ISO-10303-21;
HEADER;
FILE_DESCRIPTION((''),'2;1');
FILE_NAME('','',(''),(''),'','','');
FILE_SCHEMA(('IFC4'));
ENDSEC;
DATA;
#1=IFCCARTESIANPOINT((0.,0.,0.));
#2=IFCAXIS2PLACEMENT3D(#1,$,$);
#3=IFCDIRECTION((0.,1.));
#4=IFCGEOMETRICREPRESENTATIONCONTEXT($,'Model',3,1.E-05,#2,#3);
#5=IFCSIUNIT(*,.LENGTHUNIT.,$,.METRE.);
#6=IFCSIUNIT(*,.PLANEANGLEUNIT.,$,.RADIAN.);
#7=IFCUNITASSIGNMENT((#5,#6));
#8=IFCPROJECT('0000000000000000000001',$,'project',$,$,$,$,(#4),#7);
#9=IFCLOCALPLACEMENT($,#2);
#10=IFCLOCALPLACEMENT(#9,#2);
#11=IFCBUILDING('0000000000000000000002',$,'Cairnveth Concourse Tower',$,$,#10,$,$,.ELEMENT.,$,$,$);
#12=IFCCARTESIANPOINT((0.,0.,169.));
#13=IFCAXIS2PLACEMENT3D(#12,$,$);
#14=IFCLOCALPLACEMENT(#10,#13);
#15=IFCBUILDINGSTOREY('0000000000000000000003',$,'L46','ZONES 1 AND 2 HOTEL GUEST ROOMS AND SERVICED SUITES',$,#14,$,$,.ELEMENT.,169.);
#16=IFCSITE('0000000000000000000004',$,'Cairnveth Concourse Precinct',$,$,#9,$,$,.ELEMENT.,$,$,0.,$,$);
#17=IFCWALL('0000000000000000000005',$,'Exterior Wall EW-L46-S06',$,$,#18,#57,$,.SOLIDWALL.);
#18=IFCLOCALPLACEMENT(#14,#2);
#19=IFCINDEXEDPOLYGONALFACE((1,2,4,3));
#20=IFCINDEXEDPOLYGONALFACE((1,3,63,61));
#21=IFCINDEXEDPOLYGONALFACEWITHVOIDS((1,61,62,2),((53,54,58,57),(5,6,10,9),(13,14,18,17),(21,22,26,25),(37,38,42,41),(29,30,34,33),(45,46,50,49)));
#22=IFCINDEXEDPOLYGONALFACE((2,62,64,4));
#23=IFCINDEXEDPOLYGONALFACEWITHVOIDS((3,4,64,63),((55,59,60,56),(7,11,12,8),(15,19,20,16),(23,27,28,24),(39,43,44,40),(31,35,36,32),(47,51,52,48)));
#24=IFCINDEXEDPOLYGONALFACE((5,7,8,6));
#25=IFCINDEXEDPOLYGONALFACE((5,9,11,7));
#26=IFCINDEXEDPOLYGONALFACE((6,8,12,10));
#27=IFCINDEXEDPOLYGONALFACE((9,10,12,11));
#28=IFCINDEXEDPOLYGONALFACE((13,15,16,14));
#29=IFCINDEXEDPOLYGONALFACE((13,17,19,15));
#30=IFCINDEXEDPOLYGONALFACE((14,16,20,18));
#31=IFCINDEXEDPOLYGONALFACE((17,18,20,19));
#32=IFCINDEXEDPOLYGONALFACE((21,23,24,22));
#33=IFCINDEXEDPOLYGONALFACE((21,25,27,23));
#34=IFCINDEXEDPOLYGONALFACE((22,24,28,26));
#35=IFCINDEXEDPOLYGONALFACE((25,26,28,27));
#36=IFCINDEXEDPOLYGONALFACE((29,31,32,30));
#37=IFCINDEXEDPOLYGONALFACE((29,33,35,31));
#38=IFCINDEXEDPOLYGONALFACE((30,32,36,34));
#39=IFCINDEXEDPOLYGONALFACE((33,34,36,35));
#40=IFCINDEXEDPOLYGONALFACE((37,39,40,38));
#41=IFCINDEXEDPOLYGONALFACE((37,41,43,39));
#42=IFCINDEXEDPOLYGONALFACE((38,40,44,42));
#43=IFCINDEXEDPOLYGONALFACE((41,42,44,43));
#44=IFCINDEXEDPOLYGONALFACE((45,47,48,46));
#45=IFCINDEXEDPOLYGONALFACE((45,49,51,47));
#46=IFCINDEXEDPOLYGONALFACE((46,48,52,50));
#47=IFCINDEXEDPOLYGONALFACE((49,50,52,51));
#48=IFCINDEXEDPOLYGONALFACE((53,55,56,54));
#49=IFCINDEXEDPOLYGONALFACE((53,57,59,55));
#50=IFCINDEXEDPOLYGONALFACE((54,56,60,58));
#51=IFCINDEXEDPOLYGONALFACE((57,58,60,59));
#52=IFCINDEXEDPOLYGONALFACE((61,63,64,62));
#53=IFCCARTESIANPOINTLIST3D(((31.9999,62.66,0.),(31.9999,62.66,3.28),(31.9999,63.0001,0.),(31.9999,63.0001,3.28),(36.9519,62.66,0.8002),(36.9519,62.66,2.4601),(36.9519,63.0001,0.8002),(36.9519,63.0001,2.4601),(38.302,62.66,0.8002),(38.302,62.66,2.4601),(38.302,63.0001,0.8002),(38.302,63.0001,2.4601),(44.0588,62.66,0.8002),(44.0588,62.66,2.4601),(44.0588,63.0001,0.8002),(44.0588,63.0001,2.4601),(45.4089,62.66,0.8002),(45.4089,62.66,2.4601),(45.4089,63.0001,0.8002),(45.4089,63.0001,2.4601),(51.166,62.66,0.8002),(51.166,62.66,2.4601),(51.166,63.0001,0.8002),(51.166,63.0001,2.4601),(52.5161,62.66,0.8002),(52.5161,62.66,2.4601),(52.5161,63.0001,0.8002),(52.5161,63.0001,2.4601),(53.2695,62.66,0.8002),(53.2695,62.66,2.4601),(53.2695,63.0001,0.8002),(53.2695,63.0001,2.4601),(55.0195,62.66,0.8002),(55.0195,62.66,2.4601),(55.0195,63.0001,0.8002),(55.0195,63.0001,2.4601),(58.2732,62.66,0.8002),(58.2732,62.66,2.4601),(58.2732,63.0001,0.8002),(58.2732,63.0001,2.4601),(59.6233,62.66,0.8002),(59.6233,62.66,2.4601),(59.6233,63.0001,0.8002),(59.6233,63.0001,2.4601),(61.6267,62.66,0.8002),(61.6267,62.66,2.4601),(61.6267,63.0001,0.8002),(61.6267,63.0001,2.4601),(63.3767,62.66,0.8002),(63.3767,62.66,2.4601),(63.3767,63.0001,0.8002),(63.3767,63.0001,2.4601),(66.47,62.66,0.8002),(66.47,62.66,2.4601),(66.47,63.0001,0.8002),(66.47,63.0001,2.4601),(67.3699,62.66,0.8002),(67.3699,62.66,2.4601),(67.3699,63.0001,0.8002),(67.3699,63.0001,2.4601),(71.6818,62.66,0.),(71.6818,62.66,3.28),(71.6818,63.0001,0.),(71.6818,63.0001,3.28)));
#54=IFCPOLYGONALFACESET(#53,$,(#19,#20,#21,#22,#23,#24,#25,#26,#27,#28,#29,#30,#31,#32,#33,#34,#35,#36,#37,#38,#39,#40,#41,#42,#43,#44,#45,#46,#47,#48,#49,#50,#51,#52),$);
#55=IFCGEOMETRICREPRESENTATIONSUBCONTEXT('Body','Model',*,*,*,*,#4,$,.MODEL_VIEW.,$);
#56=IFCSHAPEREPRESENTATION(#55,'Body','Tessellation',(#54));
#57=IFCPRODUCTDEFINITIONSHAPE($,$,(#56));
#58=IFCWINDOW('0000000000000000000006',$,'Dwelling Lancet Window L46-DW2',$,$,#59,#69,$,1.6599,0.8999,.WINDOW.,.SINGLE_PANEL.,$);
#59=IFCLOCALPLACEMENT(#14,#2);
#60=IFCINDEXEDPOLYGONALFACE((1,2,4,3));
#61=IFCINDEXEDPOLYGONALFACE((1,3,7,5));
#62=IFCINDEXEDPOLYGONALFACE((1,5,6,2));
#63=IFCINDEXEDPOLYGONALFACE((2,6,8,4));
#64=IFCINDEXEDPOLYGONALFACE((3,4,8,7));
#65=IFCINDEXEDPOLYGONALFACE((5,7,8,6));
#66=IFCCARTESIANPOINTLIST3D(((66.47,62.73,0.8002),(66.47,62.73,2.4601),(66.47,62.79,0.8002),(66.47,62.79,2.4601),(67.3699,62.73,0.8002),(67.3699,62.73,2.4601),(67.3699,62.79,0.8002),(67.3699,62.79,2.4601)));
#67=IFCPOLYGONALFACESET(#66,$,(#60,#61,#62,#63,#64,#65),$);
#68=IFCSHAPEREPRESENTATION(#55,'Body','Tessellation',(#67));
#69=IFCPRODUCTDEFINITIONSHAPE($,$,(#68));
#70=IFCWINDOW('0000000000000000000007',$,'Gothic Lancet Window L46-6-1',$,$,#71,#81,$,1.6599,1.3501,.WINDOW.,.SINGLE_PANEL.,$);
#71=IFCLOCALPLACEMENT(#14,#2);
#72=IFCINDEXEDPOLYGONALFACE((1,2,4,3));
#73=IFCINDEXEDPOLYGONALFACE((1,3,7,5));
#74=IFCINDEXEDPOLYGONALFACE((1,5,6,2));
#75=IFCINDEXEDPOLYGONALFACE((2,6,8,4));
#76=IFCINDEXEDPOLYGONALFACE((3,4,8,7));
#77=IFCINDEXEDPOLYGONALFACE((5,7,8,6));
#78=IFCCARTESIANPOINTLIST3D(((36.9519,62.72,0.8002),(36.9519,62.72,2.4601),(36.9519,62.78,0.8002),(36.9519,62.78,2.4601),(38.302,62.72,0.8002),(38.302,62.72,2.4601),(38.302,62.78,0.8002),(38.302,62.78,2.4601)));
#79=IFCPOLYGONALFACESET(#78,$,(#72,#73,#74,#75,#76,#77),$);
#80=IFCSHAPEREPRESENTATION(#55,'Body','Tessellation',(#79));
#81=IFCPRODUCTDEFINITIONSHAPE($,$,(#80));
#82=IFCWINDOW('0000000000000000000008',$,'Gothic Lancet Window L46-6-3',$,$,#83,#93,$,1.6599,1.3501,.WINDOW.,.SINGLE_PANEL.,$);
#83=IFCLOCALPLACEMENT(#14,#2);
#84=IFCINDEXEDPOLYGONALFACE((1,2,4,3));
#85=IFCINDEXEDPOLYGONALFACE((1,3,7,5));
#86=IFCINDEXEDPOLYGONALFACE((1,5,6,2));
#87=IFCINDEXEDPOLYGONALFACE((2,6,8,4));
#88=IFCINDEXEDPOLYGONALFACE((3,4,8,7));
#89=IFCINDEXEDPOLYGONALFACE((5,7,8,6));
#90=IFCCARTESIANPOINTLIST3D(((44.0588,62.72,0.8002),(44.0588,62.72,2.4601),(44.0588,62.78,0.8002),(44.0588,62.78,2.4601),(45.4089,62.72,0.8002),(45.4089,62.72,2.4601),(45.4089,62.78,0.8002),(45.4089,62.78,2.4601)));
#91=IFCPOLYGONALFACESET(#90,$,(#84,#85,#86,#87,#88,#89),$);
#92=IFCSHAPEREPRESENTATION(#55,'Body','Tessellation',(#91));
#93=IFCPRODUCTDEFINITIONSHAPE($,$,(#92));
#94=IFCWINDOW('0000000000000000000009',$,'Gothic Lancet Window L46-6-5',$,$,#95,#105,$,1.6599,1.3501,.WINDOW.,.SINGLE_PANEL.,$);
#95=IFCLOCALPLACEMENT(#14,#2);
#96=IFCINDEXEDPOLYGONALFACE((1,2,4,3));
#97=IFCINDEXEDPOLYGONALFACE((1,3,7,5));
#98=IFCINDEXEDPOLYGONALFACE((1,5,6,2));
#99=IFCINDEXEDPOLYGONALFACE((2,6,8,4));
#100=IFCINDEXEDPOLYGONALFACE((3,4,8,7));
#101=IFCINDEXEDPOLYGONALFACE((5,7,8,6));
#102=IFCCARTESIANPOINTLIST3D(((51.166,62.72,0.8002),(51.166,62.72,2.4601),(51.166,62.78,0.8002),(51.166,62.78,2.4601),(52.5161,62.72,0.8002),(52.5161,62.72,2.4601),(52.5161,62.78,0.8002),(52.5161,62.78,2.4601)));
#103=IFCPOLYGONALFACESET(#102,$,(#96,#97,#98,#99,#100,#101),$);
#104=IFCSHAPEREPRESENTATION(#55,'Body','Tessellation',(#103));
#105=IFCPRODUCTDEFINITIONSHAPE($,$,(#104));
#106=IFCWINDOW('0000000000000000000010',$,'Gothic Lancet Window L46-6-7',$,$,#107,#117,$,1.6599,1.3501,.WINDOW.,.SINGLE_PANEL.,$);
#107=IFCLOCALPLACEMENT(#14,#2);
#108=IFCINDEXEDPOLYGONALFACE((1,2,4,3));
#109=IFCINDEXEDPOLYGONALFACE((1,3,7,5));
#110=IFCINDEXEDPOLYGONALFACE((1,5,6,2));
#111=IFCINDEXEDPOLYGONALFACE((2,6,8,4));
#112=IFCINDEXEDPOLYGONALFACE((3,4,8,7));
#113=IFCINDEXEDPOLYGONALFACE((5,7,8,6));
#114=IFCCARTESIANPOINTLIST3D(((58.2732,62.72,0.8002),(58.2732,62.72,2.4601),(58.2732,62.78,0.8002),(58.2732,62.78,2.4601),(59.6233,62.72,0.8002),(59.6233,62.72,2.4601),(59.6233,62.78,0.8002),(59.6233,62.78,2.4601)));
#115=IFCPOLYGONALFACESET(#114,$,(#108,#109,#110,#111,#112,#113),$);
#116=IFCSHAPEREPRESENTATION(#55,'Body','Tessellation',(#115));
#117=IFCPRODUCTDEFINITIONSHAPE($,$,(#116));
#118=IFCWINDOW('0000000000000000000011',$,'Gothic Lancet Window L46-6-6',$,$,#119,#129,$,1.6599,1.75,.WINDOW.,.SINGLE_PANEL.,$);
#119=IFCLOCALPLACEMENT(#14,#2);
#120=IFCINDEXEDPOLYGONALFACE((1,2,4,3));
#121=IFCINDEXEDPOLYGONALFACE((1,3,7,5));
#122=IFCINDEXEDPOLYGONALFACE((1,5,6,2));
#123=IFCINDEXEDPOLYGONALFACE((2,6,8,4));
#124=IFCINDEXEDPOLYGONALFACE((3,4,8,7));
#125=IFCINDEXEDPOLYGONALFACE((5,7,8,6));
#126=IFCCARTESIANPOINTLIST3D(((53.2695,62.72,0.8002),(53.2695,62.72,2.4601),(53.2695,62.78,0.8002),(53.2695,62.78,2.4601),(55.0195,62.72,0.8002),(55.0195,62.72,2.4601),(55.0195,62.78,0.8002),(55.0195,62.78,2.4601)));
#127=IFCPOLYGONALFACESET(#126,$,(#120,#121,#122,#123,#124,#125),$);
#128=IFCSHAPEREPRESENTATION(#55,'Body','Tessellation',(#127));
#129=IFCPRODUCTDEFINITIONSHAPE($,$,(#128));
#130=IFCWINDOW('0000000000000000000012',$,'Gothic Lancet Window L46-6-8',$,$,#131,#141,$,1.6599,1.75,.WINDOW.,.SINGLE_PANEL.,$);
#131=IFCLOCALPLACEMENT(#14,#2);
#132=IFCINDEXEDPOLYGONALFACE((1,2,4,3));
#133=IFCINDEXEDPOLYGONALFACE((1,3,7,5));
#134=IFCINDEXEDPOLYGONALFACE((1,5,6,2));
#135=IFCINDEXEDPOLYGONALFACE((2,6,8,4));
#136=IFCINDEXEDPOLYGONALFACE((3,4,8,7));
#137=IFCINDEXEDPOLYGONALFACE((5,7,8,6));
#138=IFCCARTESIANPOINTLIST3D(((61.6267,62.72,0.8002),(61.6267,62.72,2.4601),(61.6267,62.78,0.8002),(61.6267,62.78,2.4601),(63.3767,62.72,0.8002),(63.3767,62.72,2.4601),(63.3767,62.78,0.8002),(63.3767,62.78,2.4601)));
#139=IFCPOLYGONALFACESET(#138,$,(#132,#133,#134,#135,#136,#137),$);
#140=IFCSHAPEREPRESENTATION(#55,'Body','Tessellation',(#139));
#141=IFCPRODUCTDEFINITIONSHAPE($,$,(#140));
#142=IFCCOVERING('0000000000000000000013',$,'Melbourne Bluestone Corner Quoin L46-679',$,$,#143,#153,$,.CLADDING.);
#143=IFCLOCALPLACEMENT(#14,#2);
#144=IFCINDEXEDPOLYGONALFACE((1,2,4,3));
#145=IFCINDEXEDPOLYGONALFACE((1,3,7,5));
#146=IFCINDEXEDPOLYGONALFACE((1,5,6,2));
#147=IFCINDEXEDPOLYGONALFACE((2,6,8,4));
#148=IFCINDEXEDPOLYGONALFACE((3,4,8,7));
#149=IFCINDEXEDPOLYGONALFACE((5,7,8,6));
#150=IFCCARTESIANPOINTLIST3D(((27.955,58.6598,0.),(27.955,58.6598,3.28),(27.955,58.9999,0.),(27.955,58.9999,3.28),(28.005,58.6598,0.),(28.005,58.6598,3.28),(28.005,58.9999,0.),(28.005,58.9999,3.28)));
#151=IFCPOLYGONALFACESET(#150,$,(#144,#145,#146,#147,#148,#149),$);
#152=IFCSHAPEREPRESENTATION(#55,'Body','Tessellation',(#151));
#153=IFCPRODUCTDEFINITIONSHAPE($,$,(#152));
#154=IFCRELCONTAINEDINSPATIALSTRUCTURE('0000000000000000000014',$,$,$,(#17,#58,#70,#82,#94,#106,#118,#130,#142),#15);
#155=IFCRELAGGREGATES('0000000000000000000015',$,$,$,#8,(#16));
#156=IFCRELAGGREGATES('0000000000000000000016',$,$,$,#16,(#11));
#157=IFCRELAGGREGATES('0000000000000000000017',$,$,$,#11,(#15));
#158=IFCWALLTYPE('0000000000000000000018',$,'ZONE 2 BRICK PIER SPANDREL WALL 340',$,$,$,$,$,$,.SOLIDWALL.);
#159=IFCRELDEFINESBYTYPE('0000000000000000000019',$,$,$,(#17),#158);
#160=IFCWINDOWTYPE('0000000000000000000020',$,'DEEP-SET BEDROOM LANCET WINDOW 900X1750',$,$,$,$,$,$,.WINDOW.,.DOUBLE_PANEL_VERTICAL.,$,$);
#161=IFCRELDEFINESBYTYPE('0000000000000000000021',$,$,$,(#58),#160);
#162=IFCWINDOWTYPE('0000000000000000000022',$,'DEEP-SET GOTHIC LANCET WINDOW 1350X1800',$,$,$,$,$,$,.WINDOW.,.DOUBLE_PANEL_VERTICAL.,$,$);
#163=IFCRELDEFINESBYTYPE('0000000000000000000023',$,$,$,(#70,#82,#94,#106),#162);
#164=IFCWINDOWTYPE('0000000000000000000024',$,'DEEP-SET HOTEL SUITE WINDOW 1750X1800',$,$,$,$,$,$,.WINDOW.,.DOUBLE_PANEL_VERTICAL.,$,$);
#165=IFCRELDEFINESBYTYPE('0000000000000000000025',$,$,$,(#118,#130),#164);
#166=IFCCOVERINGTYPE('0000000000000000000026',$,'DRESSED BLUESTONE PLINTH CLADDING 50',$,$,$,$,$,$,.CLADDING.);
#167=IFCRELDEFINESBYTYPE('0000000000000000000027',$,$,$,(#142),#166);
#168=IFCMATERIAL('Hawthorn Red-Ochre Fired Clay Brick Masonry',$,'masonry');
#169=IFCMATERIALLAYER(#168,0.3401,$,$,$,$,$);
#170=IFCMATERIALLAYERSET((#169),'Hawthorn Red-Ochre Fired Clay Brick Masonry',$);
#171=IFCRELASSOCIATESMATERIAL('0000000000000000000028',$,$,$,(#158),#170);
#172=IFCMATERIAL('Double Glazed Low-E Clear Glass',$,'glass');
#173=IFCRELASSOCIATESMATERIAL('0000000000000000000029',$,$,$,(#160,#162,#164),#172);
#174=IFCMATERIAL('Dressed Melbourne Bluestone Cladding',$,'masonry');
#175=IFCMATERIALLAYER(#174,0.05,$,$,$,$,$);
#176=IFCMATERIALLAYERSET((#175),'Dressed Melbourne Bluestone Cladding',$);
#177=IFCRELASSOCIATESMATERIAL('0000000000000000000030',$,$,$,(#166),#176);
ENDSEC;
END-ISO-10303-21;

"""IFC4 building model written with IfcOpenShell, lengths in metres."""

from ifc_helpers import new_model, si_unit, direction, frame, frame_2d, origin, place, context, subcontext, project, spatial, rectangle, extrude, material, layer, layer_set, type_object, element, fill, save


model = new_model("IFC4")

# Units and contexts
model_context = context("Model", 3, precision=1e-05, world=origin(), true_north=direction((0.0, 1.0)))
body_context = subcontext(model_context, "Body", "Model", "MODEL_VIEW")
ifc_project = project(units=[si_unit("LENGTHUNIT", "METRE"), si_unit("PLANEANGLEUNIT", "RADIAN")], contexts=[model_context])

# Site, building, storey
site_placement = place(None, origin())
site = spatial("IfcSite", under=ifc_project, at=site_placement, Name="Cairnveth Concourse Precinct", CompositionType="ELEMENT", RefElevation=0.0)
building_placement = place(site_placement, origin())
building = spatial("IfcBuilding", under=site, at=building_placement, Name="Cairnveth Concourse Tower", CompositionType="ELEMENT")
storey_placement = place(building_placement, frame((0.0, 0.0, 169.0)))
storey = spatial("IfcBuildingStorey", under=building, at=storey_placement, Name="L46", Description="ZONES 1 AND 2 HOTEL GUEST ROOMS AND SERVICED SUITES", CompositionType="ELEMENT", Elevation=169.0)

# Shared definitions
ifc_material_1 = material(Name="Hawthorn Red-Ochre Fired Clay Brick Masonry", Category="masonry")
ifc_layer_1 = layer(ifc_material_1, 0.3401)
ifc_layer_set_1 = layer_set([ifc_layer_1], Name="Hawthorn Red-Ochre Fired Clay Brick Masonry")
wall_type_1 = type_object("IfcWallType", Name="ZONE 2 BRICK PIER SPANDREL WALL 340", PredefinedType="SOLIDWALL", material=ifc_layer_set_1)

# Wall, openings, windows
wall_1_placement = place(storey_placement, frame((32.0, 62.8301, 0.0), z_axis=(0.0, 0.0, 1.0), x_axis=(1.0, 0.0, 0.0)))
wall_1 = element("IfcWall", 1, at=wall_1_placement, inside=storey, type_object=wall_type_1, Name="Exterior Wall EW-L46-S06", PredefinedType="SOLIDWALL", context=body_context, shape_type="SweptSolid", body=[
    extrude(rectangle(XDim=39.6819, YDim=0.3401, at=frame_2d((19.8408, 0.0))), origin(), (0.0, 0.0, 1.0), 3.28),
])
opening_1_placement = place(wall_1_placement, frame((4.9519, 0.0, 0.8)))
opening_1 = element("IfcOpeningElement", 2, at=opening_1_placement, cuts=wall_1, PredefinedType="OPENING", context=body_context, shape_type="SweptSolid", body=[
    extrude(rectangle(XDim=1.3501, YDim=1.6599, at=frame_2d((0.675, 0.8301))), frame((0.0, 0.1799, 0.0), z_axis=(0.0, -1.0, 0.0), x_axis=(1.0, 0.0, 0.0)), (0.0, 0.0, 1.0), 0.3601),
])
opening_2_placement = place(wall_1_placement, frame((12.0588, 0.0, 0.8)))
opening_2 = element("IfcOpeningElement", 3, at=opening_2_placement, cuts=wall_1, PredefinedType="OPENING", context=body_context, shape_type="SweptSolid", body=[
    extrude(rectangle(XDim=1.3501, YDim=1.6599, at=frame_2d((0.675, 0.8301))), frame((0.0, 0.1799, 0.0), z_axis=(0.0, -1.0, 0.0), x_axis=(1.0, 0.0, 0.0)), (0.0, 0.0, 1.0), 0.3601),
])
opening_3_placement = place(wall_1_placement, frame((19.166, 0.0, 0.8)))
opening_3 = element("IfcOpeningElement", 4, at=opening_3_placement, cuts=wall_1, PredefinedType="OPENING", context=body_context, shape_type="SweptSolid", body=[
    extrude(rectangle(XDim=1.3501, YDim=1.6599, at=frame_2d((0.675, 0.8301))), frame((0.0, 0.1799, 0.0), z_axis=(0.0, -1.0, 0.0), x_axis=(1.0, 0.0, 0.0)), (0.0, 0.0, 1.0), 0.3601),
])
opening_4_placement = place(wall_1_placement, frame((21.2695, 0.0, 0.8)))
opening_4 = element("IfcOpeningElement", 5, at=opening_4_placement, cuts=wall_1, PredefinedType="OPENING", context=body_context, shape_type="SweptSolid", body=[
    extrude(rectangle(XDim=1.75, YDim=1.6599, at=frame_2d((0.875, 0.8301))), frame((0.0, 0.1799, 0.0), z_axis=(0.0, -1.0, 0.0), x_axis=(1.0, 0.0, 0.0)), (0.0, 0.0, 1.0), 0.3601),
])
opening_5_placement = place(wall_1_placement, frame((26.2732, 0.0, 0.8)))
opening_5 = element("IfcOpeningElement", 6, at=opening_5_placement, cuts=wall_1, PredefinedType="OPENING", context=body_context, shape_type="SweptSolid", body=[
    extrude(rectangle(XDim=1.3501, YDim=1.6599, at=frame_2d((0.675, 0.8301))), frame((0.0, 0.1799, 0.0), z_axis=(0.0, -1.0, 0.0), x_axis=(1.0, 0.0, 0.0)), (0.0, 0.0, 1.0), 0.3601),
])
opening_6_placement = place(wall_1_placement, frame((29.6267, 0.0, 0.8)))
opening_6 = element("IfcOpeningElement", 7, at=opening_6_placement, cuts=wall_1, PredefinedType="OPENING", context=body_context, shape_type="SweptSolid", body=[
    extrude(rectangle(XDim=1.75, YDim=1.6599, at=frame_2d((0.875, 0.8301))), frame((0.0, 0.1799, 0.0), z_axis=(0.0, -1.0, 0.0), x_axis=(1.0, 0.0, 0.0)), (0.0, 0.0, 1.0), 0.3601),
])
opening_7_placement = place(wall_1_placement, frame((34.47, 0.0, 0.8)))
opening_7 = element("IfcOpeningElement", 8, at=opening_7_placement, cuts=wall_1, PredefinedType="OPENING", context=body_context, shape_type="SweptSolid", body=[
    extrude(rectangle(XDim=0.8999, YDim=1.6599, at=frame_2d((0.45, 0.8301))), frame((0.0, 0.1799, 0.0), z_axis=(0.0, -1.0, 0.0), x_axis=(1.0, 0.0, 0.0)), (0.0, 0.0, 1.0), 0.3601),
])
ifc_material_2 = material(Name="Double Glazed Low-E Clear Glass", Category="glass")
window_type_1 = type_object("IfcWindowType", Name="DEEP-SET BEDROOM LANCET WINDOW 900X1750", PartitioningType="DOUBLE_PANEL_VERTICAL", PredefinedType="WINDOW", material=ifc_material_2)
window_1_placement = place(opening_7_placement, origin())
window_1 = element("IfcWindow", 9, at=window_1_placement, inside=storey, type_object=window_type_1, Name="Dwelling Lancet Window L46-DW2", OverallHeight=1.6599, OverallWidth=0.8999, PartitioningType="SINGLE_PANEL", PredefinedType="WINDOW", context=body_context, shape_type="SweptSolid", body=[
    extrude(rectangle(XDim=0.8999, YDim=1.6599, at=frame_2d((0.45, 0.8301))), frame((0.0, -0.04, 0.0), z_axis=(0.0, -1.0, 0.0), x_axis=(1.0, 0.0, 0.0)), (0.0, 0.0, 1.0), 0.0601),
])
fill(opening_7, window_1)
window_type_2 = type_object("IfcWindowType", Name="DEEP-SET GOTHIC LANCET WINDOW 1350X1800", PartitioningType="DOUBLE_PANEL_VERTICAL", PredefinedType="WINDOW", material=ifc_material_2)
window_2_placement = place(opening_1_placement, origin())
window_2 = element("IfcWindow", 10, at=window_2_placement, inside=storey, type_object=window_type_2, Name="Gothic Lancet Window L46-6-1", OverallHeight=1.6599, OverallWidth=1.3501, PartitioningType="SINGLE_PANEL", PredefinedType="WINDOW", context=body_context, shape_type="SweptSolid", body=[
    extrude(rectangle(XDim=1.3501, YDim=1.6599, at=frame_2d((0.675, 0.8301))), frame((0.0, -0.05, 0.0), z_axis=(0.0, -1.0, 0.0), x_axis=(1.0, 0.0, 0.0)), (0.0, 0.0, 1.0), 0.0601),
])
fill(opening_1, window_2)
window_3_placement = place(opening_2_placement, origin())
window_3 = element("IfcWindow", 11, at=window_3_placement, inside=storey, type_object=window_type_2, Name="Gothic Lancet Window L46-6-3", OverallHeight=1.6599, OverallWidth=1.3501, PartitioningType="SINGLE_PANEL", PredefinedType="WINDOW", context=body_context, shape_type="SweptSolid", body=[
    extrude(rectangle(XDim=1.3501, YDim=1.6599, at=frame_2d((0.675, 0.8301))), frame((0.0, -0.05, 0.0), z_axis=(0.0, -1.0, 0.0), x_axis=(1.0, 0.0, 0.0)), (0.0, 0.0, 1.0), 0.0601),
])
fill(opening_2, window_3)
window_4_placement = place(opening_3_placement, origin())
window_4 = element("IfcWindow", 12, at=window_4_placement, inside=storey, type_object=window_type_2, Name="Gothic Lancet Window L46-6-5", OverallHeight=1.6599, OverallWidth=1.3501, PartitioningType="SINGLE_PANEL", PredefinedType="WINDOW", context=body_context, shape_type="SweptSolid", body=[
    extrude(rectangle(XDim=1.3501, YDim=1.6599, at=frame_2d((0.675, 0.8301))), frame((0.0, -0.05, 0.0), z_axis=(0.0, -1.0, 0.0), x_axis=(1.0, 0.0, 0.0)), (0.0, 0.0, 1.0), 0.0601),
])
fill(opening_3, window_4)
window_5_placement = place(opening_5_placement, origin())
window_5 = element("IfcWindow", 13, at=window_5_placement, inside=storey, type_object=window_type_2, Name="Gothic Lancet Window L46-6-7", OverallHeight=1.6599, OverallWidth=1.3501, PartitioningType="SINGLE_PANEL", PredefinedType="WINDOW", context=body_context, shape_type="SweptSolid", body=[
    extrude(rectangle(XDim=1.3501, YDim=1.6599, at=frame_2d((0.675, 0.8301))), frame((0.0, -0.05, 0.0), z_axis=(0.0, -1.0, 0.0), x_axis=(1.0, 0.0, 0.0)), (0.0, 0.0, 1.0), 0.0601),
])
fill(opening_5, window_5)
window_type_3 = type_object("IfcWindowType", Name="DEEP-SET HOTEL SUITE WINDOW 1750X1800", PartitioningType="DOUBLE_PANEL_VERTICAL", PredefinedType="WINDOW", material=ifc_material_2)
window_6_placement = place(opening_4_placement, origin())
window_6 = element("IfcWindow", 14, at=window_6_placement, inside=storey, type_object=window_type_3, Name="Gothic Lancet Window L46-6-6", OverallHeight=1.6599, OverallWidth=1.75, PartitioningType="SINGLE_PANEL", PredefinedType="WINDOW", context=body_context, shape_type="SweptSolid", body=[
    extrude(rectangle(XDim=1.75, YDim=1.6599, at=frame_2d((0.875, 0.8301))), frame((0.0, -0.05, 0.0), z_axis=(0.0, -1.0, 0.0), x_axis=(1.0, 0.0, 0.0)), (0.0, 0.0, 1.0), 0.0601),
])
fill(opening_4, window_6)
window_7_placement = place(opening_6_placement, origin())
window_7 = element("IfcWindow", 15, at=window_7_placement, inside=storey, type_object=window_type_3, Name="Gothic Lancet Window L46-6-8", OverallHeight=1.6599, OverallWidth=1.75, PartitioningType="SINGLE_PANEL", PredefinedType="WINDOW", context=body_context, shape_type="SweptSolid", body=[
    extrude(rectangle(XDim=1.75, YDim=1.6599, at=frame_2d((0.875, 0.8301))), frame((0.0, -0.05, 0.0), z_axis=(0.0, -1.0, 0.0), x_axis=(1.0, 0.0, 0.0)), (0.0, 0.0, 1.0), 0.0601),
])
fill(opening_6, window_7)

# Covering
ifc_material_3 = material(Name="Dressed Melbourne Bluestone Cladding", Category="masonry")
ifc_layer_2 = layer(ifc_material_3, 0.05)
ifc_layer_set_2 = layer_set([ifc_layer_2], Name="Dressed Melbourne Bluestone Cladding")
covering_type = type_object("IfcCoveringType", Name="DRESSED BLUESTONE PLINTH CLADDING 50", PredefinedType="CLADDING", material=ifc_layer_set_2)
for number, where, z_axis, x_axis, name in (
    (16, (27.98, 58.6599, 0.0), (0.0, 0.0, 1.0), (0.0, 1.0, 0.0), "Melbourne Bluestone Corner Quoin L46-679"),
):
    element("IfcCovering", number, at=place(storey_placement, frame(where, z_axis=z_axis, x_axis=x_axis)), inside=storey, type_object=covering_type, Name=name, PredefinedType="CLADDING", context=body_context, shape_type="SweptSolid", body=[
        extrude(rectangle(XDim=0.3401, YDim=0.05, at=frame_2d((0.1699, 0.0))), origin(), (0.0, 0.0, 1.0), 3.28),
    ])

save(model, "model.ifc")
